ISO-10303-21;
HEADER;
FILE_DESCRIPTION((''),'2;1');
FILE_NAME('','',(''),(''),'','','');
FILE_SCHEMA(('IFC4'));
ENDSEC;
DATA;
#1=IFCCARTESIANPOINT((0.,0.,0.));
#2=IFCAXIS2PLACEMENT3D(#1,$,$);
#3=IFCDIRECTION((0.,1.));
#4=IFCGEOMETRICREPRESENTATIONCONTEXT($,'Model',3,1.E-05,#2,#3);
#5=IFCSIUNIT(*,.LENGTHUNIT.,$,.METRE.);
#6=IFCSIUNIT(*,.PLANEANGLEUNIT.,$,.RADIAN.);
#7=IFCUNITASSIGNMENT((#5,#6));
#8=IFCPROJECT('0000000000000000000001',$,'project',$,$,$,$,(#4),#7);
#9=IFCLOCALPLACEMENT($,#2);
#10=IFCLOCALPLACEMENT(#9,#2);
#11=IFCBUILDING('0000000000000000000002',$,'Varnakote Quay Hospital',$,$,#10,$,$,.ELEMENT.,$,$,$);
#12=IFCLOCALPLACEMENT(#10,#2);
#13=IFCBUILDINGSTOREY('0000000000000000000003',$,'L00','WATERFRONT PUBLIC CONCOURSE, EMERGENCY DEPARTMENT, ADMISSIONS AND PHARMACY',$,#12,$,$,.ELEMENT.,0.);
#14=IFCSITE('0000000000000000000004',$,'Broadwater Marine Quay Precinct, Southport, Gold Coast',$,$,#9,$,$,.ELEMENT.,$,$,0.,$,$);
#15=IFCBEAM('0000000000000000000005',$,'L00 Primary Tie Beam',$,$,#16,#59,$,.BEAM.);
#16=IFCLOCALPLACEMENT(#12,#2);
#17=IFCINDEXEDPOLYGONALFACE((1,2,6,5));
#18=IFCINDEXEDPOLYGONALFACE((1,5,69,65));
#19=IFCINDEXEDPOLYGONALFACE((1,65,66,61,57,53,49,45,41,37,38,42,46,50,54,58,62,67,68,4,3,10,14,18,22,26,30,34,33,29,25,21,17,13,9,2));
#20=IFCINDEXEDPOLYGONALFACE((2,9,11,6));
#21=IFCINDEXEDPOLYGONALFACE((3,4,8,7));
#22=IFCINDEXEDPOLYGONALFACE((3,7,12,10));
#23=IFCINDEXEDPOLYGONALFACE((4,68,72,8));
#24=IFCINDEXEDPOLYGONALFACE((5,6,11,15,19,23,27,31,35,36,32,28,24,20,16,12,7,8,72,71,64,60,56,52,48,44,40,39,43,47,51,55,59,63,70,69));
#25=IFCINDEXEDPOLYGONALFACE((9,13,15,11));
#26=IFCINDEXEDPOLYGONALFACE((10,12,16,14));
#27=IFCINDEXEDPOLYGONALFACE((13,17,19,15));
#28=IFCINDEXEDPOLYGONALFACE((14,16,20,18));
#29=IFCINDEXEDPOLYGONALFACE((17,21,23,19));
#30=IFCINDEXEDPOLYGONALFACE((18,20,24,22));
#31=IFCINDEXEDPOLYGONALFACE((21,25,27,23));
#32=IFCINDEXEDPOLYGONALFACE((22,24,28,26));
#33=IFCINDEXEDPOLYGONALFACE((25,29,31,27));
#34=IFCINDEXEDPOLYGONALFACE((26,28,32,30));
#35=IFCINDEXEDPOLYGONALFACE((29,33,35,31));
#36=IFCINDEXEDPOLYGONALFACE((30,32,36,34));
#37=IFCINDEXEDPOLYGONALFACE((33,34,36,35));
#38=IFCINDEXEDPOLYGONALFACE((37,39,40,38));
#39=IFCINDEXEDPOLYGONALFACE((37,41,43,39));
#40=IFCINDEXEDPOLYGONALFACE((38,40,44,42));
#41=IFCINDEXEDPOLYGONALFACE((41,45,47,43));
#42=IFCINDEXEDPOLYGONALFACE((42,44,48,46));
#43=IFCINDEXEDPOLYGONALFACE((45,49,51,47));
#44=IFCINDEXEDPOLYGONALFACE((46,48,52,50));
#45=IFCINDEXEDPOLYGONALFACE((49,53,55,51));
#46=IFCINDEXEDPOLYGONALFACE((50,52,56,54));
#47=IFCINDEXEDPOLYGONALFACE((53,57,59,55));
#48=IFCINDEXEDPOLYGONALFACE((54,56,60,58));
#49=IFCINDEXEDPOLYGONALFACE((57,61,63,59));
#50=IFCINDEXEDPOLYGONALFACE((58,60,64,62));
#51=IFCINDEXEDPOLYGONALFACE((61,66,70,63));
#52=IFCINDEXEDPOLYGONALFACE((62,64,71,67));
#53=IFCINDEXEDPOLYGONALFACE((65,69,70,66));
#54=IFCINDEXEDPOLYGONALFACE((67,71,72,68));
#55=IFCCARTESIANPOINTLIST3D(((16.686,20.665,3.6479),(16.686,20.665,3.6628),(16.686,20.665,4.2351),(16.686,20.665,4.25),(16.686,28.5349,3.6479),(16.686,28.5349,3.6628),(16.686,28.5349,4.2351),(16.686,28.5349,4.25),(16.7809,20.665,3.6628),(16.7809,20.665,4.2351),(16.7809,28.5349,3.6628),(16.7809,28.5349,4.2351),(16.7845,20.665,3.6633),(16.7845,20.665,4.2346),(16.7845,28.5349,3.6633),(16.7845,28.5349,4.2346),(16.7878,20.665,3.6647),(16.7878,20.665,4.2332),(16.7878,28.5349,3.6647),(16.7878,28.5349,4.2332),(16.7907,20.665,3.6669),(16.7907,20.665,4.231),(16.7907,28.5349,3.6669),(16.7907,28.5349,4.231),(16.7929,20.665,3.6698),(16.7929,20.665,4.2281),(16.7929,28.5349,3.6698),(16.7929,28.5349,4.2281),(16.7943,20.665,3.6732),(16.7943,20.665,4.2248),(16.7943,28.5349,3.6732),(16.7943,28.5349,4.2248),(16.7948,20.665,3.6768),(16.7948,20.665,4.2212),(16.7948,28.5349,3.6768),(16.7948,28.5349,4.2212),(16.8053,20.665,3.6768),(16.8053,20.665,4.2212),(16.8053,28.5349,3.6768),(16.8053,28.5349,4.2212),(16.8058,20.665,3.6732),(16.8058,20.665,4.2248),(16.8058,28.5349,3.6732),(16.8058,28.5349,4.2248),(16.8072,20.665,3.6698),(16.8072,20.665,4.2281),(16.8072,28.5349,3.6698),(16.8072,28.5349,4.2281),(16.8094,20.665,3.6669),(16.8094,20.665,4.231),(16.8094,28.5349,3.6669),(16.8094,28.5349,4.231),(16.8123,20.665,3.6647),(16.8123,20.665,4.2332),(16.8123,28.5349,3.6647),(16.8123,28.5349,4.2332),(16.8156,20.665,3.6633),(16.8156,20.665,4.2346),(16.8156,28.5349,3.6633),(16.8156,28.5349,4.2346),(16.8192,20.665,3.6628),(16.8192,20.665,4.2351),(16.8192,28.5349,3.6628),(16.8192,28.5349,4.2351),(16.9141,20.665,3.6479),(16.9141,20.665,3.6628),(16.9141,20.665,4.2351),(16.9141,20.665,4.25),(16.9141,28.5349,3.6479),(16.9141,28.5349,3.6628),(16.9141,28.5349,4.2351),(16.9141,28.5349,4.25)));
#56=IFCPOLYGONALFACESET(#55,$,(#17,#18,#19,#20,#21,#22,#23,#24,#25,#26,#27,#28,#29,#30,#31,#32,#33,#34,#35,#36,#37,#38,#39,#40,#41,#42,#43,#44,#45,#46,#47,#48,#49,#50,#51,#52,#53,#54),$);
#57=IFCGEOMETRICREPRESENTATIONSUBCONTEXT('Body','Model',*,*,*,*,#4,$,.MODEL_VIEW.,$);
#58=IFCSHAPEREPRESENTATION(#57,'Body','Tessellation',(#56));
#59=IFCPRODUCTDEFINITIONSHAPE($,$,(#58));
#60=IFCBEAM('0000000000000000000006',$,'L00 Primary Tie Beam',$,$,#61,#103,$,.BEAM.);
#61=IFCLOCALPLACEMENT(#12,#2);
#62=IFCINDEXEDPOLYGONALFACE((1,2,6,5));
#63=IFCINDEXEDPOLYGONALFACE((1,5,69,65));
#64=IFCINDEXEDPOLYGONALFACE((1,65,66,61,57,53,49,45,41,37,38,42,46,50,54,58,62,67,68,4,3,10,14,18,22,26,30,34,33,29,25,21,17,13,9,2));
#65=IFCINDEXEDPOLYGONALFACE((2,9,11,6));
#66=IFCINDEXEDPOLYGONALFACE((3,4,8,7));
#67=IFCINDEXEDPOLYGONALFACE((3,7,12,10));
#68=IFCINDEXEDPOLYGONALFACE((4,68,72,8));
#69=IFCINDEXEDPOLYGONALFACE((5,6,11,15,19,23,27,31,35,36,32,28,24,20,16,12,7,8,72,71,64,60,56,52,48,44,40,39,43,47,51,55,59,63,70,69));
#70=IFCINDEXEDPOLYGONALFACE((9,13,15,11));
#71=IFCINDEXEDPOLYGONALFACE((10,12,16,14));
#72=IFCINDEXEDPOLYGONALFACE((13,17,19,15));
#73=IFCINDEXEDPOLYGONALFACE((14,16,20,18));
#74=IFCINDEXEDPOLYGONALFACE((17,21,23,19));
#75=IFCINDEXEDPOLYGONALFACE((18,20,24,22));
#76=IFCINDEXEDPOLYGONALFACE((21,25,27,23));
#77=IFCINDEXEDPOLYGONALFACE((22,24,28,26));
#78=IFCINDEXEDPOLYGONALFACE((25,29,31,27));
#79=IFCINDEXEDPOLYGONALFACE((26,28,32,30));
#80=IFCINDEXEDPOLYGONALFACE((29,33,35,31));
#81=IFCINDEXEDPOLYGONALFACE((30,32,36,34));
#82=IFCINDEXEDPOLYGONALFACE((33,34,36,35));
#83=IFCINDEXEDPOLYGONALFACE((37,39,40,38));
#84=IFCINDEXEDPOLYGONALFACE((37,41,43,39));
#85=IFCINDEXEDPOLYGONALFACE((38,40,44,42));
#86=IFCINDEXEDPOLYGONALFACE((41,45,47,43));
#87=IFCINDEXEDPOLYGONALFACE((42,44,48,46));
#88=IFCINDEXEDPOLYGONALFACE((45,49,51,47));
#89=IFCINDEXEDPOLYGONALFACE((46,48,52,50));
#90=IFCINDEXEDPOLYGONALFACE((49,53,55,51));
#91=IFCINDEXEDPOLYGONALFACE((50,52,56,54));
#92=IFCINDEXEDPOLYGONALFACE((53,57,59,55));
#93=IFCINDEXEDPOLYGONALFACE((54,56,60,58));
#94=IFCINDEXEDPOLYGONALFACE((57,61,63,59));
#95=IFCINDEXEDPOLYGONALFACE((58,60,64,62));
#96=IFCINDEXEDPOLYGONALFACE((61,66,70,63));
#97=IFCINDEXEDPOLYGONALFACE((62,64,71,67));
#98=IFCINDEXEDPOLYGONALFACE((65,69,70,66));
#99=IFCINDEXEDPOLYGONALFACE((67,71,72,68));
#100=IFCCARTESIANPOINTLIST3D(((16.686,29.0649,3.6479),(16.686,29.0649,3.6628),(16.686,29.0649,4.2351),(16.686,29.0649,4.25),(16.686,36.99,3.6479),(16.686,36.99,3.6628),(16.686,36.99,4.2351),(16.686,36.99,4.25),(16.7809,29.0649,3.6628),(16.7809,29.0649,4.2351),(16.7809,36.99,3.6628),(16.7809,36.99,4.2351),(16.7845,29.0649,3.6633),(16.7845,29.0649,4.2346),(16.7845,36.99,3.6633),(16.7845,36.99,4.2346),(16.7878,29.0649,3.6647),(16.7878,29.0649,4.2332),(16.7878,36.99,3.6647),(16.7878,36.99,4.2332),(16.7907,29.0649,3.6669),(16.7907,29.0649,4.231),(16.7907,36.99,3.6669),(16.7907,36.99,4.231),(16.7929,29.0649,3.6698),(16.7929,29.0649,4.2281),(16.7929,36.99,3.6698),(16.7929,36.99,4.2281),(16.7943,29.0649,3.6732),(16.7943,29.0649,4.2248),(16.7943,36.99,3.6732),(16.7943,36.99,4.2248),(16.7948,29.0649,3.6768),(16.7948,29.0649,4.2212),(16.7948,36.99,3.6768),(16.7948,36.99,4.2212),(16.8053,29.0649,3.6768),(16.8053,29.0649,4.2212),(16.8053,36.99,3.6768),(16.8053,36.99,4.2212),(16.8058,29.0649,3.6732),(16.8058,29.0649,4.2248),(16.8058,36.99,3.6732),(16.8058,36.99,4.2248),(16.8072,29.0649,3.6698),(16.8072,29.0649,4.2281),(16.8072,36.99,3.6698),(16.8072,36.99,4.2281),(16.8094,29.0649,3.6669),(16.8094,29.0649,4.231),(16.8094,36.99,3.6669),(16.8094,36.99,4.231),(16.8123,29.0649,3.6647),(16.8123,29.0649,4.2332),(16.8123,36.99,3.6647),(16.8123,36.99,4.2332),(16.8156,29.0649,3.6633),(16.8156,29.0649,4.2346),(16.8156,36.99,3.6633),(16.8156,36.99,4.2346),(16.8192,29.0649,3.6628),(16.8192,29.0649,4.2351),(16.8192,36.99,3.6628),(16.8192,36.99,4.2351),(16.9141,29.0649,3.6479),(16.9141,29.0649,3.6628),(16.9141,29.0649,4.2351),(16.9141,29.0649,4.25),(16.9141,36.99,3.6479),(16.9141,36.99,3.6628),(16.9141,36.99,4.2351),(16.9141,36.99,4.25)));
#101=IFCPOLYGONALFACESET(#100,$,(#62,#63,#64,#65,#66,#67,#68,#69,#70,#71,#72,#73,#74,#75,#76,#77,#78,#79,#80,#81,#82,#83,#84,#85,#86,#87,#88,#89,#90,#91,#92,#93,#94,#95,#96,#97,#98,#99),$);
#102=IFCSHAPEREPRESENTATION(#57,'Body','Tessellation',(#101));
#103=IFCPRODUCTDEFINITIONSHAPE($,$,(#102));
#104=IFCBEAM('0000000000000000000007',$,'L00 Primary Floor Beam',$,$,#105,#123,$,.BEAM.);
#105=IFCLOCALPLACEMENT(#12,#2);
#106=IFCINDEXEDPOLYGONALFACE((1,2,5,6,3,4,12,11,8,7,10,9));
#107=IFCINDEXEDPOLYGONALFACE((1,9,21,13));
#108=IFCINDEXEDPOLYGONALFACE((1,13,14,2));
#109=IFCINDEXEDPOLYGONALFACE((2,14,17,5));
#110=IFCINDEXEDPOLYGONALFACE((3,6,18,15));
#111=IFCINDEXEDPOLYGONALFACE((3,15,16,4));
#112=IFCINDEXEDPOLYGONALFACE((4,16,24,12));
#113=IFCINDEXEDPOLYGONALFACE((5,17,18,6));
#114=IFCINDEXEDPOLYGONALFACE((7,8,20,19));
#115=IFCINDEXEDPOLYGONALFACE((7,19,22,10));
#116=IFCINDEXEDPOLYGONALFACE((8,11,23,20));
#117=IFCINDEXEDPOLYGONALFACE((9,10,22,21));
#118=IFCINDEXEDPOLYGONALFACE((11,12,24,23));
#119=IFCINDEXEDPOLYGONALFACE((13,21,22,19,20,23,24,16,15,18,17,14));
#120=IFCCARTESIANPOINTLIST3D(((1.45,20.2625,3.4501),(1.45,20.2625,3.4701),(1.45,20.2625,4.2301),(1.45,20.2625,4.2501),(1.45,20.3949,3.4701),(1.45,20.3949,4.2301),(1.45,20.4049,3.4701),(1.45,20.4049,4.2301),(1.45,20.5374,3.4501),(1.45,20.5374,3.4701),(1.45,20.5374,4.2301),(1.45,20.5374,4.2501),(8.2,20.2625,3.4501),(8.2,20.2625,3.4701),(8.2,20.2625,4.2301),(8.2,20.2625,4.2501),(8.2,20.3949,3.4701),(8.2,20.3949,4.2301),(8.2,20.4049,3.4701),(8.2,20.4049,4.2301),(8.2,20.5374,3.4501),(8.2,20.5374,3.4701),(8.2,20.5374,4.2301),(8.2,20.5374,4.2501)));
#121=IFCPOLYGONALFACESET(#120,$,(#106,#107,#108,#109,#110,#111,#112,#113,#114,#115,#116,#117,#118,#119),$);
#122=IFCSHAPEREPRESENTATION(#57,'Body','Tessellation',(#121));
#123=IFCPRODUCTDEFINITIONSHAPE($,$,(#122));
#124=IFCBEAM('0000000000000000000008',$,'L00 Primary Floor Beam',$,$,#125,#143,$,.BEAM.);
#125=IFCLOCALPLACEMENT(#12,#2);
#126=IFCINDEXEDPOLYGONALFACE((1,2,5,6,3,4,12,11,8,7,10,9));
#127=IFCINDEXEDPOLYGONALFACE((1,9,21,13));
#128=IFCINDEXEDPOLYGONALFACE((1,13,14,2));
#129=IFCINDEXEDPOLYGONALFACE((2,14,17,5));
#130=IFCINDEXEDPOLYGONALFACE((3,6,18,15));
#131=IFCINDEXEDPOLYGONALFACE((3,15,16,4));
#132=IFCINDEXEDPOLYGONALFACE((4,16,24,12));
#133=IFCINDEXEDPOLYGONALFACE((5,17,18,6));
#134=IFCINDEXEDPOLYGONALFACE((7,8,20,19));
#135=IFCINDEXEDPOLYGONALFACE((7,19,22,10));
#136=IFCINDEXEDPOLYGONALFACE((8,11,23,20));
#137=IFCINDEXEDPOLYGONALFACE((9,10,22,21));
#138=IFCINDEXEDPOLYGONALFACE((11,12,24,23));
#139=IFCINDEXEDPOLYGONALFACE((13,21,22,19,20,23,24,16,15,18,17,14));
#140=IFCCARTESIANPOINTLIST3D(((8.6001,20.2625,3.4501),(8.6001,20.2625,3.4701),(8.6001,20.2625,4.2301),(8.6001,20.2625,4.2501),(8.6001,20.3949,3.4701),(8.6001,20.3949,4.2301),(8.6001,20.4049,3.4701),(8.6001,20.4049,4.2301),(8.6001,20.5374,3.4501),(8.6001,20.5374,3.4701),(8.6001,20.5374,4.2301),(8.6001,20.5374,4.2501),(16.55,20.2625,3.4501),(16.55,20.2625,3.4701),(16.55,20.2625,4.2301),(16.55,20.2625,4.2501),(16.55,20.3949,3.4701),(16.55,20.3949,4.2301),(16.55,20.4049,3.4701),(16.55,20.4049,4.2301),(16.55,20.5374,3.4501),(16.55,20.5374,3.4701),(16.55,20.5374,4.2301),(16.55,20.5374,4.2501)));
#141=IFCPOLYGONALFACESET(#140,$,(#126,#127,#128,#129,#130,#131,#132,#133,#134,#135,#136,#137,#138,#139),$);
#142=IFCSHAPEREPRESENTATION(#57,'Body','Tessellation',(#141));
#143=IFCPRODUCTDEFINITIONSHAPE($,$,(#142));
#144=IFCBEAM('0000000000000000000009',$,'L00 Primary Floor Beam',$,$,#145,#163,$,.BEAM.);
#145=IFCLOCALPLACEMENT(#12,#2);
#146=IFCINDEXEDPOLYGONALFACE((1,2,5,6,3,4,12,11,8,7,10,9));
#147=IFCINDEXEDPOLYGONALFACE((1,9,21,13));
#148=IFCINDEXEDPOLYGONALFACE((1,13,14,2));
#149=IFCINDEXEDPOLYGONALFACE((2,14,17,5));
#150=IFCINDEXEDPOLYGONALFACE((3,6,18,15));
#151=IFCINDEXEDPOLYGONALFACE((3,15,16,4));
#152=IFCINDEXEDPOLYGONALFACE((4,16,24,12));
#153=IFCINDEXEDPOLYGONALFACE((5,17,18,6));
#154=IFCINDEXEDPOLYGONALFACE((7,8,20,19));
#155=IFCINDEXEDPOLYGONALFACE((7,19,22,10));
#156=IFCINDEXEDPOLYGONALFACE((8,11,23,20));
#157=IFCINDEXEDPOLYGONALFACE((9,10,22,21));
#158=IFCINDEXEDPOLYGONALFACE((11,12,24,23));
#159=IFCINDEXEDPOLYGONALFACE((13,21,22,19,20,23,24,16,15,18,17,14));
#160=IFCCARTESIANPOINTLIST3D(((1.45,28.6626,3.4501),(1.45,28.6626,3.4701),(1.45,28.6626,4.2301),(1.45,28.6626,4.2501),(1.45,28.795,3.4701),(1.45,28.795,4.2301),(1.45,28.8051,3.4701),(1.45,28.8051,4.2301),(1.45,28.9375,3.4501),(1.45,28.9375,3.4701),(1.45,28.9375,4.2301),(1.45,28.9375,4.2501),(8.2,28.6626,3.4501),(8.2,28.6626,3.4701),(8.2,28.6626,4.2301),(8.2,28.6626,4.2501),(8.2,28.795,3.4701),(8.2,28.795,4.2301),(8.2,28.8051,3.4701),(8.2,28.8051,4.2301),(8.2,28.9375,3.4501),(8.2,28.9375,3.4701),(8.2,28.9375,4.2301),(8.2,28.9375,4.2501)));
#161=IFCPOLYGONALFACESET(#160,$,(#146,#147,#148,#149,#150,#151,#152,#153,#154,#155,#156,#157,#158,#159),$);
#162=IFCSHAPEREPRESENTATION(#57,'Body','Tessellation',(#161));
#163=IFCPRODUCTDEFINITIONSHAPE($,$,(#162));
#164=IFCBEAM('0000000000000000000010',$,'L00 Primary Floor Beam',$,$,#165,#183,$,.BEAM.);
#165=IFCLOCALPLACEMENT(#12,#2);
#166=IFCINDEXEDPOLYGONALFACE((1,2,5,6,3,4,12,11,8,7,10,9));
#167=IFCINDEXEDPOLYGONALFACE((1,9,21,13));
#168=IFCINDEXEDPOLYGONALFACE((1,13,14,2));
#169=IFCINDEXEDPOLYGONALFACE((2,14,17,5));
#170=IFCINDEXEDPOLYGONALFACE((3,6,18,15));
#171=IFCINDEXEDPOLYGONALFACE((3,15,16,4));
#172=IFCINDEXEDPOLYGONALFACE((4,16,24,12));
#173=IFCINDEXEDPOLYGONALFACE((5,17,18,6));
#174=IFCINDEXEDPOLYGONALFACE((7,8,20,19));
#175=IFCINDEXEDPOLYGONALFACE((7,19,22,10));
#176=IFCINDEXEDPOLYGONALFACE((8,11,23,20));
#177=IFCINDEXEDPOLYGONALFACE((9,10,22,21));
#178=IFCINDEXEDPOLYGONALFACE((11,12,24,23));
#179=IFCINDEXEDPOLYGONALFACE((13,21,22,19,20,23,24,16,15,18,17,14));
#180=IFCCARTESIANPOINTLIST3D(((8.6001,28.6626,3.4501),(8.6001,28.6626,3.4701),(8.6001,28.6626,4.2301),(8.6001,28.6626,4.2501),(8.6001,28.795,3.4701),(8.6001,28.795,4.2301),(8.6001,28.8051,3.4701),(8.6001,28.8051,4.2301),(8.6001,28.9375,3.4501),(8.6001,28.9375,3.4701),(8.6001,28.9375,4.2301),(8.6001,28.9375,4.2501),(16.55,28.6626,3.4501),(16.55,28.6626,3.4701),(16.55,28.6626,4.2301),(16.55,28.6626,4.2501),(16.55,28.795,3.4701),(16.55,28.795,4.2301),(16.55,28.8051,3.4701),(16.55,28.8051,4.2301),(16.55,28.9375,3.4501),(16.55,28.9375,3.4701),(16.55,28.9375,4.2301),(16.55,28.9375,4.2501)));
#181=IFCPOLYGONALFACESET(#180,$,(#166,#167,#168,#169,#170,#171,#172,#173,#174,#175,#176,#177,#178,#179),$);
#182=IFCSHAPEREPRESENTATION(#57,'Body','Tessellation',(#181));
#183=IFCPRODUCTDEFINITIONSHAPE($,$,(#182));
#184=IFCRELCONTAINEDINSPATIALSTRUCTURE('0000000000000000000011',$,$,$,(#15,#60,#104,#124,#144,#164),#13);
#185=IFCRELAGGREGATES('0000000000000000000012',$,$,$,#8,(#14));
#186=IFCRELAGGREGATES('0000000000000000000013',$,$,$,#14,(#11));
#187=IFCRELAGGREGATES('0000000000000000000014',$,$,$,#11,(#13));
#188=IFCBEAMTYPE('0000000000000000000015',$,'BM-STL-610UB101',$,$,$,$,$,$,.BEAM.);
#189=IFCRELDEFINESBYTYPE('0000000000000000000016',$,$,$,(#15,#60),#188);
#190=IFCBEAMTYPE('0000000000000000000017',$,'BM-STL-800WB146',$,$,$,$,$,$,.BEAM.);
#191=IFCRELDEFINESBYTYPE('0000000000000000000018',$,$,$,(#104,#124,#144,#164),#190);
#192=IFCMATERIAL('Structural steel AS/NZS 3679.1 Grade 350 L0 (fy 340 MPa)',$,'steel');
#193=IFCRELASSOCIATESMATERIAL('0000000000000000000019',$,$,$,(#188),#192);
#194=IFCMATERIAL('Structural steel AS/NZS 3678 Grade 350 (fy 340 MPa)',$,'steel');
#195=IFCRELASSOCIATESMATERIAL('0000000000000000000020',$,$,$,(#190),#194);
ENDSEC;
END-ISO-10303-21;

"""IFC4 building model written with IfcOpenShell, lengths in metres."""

from ifc_helpers import new_model, si_unit, direction, frame, origin, origin_2d, place, context, subcontext, project, spatial, i_section, extrude, material, material_profile, profile_set, type_object, element, save


model = new_model("IFC4")

# Units and contexts
model_context = context("Model", 3, precision=1e-05, world=origin(), true_north=direction((0.0, 1.0)))
body_context = subcontext(model_context, "Body", "Model", "MODEL_VIEW")
ifc_project = project(units=[si_unit("LENGTHUNIT", "METRE"), si_unit("PLANEANGLEUNIT", "RADIAN")], contexts=[model_context])

# Site, building, storey
site_placement = place(None, origin())
site = spatial("IfcSite", under=ifc_project, at=site_placement, Name="Broadwater Marine Quay Precinct, Southport, Gold Coast", CompositionType="ELEMENT", RefElevation=0.0)
building_placement = place(site_placement, origin())
building = spatial("IfcBuilding", under=site, at=building_placement, Name="Varnakote Quay Hospital", CompositionType="ELEMENT")
storey_placement = place(building_placement, origin())
storey = spatial("IfcBuildingStorey", under=building, at=storey_placement, Name="L00", Description="WATERFRONT PUBLIC CONCOURSE, EMERGENCY DEPARTMENT, ADMISSIONS AND PHARMACY", CompositionType="ELEMENT", Elevation=0.0)

# Beams
ifc_material_1 = material(Name="Structural steel AS/NZS 3679.1 Grade 350 L0 (fy 340 MPa)", Category="steel")
ifc_material_profile_1 = material_profile(ifc_material_1, i_section(OverallWidth=0.228, OverallDepth=0.6021, WebThickness=0.0105, FlangeThickness=0.0149, FilletRadius=0.0139, at=origin_2d()), Name="610UB101")
ifc_profile_set_1 = profile_set([ifc_material_profile_1], Name="Structural steel AS/NZS 3679.1 Grade 350 L0 (fy 340 MPa)")
beam_type_1 = type_object("IfcBeamType", Name="BM-STL-610UB101", PredefinedType="BEAM", material=ifc_profile_set_1)
beam_1_placement = place(storey_placement, frame((16.8, 20.665, 3.949), z_axis=(0.0, 1.0, 0.0), x_axis=(-1.0, 0.0, 0.0)))
element("IfcBeam", 1, at=beam_1_placement, inside=storey, type_object=beam_type_1, Name="L00 Primary Tie Beam", PredefinedType="BEAM", context=body_context, shape_type="SweptSolid", body=[
    extrude(i_section(OverallWidth=0.228, OverallDepth=0.6021, WebThickness=0.0105, FlangeThickness=0.0149, FilletRadius=0.0139, at=origin_2d()), origin(), (0.0, 0.0, 1.0), 7.8699),
])
beam_2_placement = place(storey_placement, frame((16.8, 29.0649, 3.949), z_axis=(0.0, 1.0, 0.0), x_axis=(-1.0, 0.0, 0.0)))
element("IfcBeam", 2, at=beam_2_placement, inside=storey, type_object=beam_type_1, Name="L00 Primary Tie Beam", PredefinedType="BEAM", context=body_context, shape_type="SweptSolid", body=[
    extrude(i_section(OverallWidth=0.228, OverallDepth=0.6021, WebThickness=0.0105, FlangeThickness=0.0149, FilletRadius=0.0139, at=origin_2d()), origin(), (0.0, 0.0, 1.0), 7.925),
])
ifc_material_2 = material(Name="Structural steel AS/NZS 3678 Grade 350 (fy 340 MPa)", Category="steel")
ifc_material_profile_2 = material_profile(ifc_material_2, i_section(OverallWidth=0.2749, OverallDepth=0.8, WebThickness=0.01, FlangeThickness=0.02, at=origin_2d()), Name="800WB146")
ifc_profile_set_2 = profile_set([ifc_material_profile_2], Name="Structural steel AS/NZS 3678 Grade 350 (fy 340 MPa)")
beam_type_2 = type_object("IfcBeamType", Name="BM-STL-800WB146", PredefinedType="BEAM", material=ifc_profile_set_2)
beam_3_placement = place(storey_placement, frame((1.45, 20.3999, 3.8501), z_axis=(1.0, 0.0, 0.0), x_axis=(0.0, 1.0, 0.0)))
element("IfcBeam", 3, at=beam_3_placement, inside=storey, type_object=beam_type_2, Name="L00 Primary Floor Beam", PredefinedType="BEAM", context=body_context, shape_type="SweptSolid", body=[
    extrude(i_section(OverallWidth=0.2749, OverallDepth=0.8, WebThickness=0.01, FlangeThickness=0.02, at=origin_2d()), origin(), (0.0, 0.0, 1.0), 6.75),
])
beam_4_placement = place(storey_placement, frame((8.6001, 20.3999, 3.8501), z_axis=(1.0, 0.0, 0.0), x_axis=(0.0, 1.0, 0.0)))
element("IfcBeam", 4, at=beam_4_placement, inside=storey, type_object=beam_type_2, Name="L00 Primary Floor Beam", PredefinedType="BEAM", context=body_context, shape_type="SweptSolid", body=[
    extrude(i_section(OverallWidth=0.2749, OverallDepth=0.8, WebThickness=0.01, FlangeThickness=0.02, at=origin_2d()), origin(), (0.0, 0.0, 1.0), 7.95),
])
beam_5_placement = place(storey_placement, frame((1.45, 28.8, 3.8501), z_axis=(1.0, 0.0, 0.0), x_axis=(0.0, 1.0, 0.0)))
element("IfcBeam", 5, at=beam_5_placement, inside=storey, type_object=beam_type_2, Name="L00 Primary Floor Beam", PredefinedType="BEAM", context=body_context, shape_type="SweptSolid", body=[
    extrude(i_section(OverallWidth=0.2749, OverallDepth=0.8, WebThickness=0.01, FlangeThickness=0.02, at=origin_2d()), origin(), (0.0, 0.0, 1.0), 6.75),
])
beam_6_placement = place(storey_placement, frame((8.6001, 28.8, 3.8501), z_axis=(1.0, 0.0, 0.0), x_axis=(0.0, 1.0, 0.0)))
element("IfcBeam", 6, at=beam_6_placement, inside=storey, type_object=beam_type_2, Name="L00 Primary Floor Beam", PredefinedType="BEAM", context=body_context, shape_type="SweptSolid", body=[
    extrude(i_section(OverallWidth=0.2749, OverallDepth=0.8, WebThickness=0.01, FlangeThickness=0.02, at=origin_2d()), origin(), (0.0, 0.0, 1.0), 7.95),
])

save(model, "model.ifc")
